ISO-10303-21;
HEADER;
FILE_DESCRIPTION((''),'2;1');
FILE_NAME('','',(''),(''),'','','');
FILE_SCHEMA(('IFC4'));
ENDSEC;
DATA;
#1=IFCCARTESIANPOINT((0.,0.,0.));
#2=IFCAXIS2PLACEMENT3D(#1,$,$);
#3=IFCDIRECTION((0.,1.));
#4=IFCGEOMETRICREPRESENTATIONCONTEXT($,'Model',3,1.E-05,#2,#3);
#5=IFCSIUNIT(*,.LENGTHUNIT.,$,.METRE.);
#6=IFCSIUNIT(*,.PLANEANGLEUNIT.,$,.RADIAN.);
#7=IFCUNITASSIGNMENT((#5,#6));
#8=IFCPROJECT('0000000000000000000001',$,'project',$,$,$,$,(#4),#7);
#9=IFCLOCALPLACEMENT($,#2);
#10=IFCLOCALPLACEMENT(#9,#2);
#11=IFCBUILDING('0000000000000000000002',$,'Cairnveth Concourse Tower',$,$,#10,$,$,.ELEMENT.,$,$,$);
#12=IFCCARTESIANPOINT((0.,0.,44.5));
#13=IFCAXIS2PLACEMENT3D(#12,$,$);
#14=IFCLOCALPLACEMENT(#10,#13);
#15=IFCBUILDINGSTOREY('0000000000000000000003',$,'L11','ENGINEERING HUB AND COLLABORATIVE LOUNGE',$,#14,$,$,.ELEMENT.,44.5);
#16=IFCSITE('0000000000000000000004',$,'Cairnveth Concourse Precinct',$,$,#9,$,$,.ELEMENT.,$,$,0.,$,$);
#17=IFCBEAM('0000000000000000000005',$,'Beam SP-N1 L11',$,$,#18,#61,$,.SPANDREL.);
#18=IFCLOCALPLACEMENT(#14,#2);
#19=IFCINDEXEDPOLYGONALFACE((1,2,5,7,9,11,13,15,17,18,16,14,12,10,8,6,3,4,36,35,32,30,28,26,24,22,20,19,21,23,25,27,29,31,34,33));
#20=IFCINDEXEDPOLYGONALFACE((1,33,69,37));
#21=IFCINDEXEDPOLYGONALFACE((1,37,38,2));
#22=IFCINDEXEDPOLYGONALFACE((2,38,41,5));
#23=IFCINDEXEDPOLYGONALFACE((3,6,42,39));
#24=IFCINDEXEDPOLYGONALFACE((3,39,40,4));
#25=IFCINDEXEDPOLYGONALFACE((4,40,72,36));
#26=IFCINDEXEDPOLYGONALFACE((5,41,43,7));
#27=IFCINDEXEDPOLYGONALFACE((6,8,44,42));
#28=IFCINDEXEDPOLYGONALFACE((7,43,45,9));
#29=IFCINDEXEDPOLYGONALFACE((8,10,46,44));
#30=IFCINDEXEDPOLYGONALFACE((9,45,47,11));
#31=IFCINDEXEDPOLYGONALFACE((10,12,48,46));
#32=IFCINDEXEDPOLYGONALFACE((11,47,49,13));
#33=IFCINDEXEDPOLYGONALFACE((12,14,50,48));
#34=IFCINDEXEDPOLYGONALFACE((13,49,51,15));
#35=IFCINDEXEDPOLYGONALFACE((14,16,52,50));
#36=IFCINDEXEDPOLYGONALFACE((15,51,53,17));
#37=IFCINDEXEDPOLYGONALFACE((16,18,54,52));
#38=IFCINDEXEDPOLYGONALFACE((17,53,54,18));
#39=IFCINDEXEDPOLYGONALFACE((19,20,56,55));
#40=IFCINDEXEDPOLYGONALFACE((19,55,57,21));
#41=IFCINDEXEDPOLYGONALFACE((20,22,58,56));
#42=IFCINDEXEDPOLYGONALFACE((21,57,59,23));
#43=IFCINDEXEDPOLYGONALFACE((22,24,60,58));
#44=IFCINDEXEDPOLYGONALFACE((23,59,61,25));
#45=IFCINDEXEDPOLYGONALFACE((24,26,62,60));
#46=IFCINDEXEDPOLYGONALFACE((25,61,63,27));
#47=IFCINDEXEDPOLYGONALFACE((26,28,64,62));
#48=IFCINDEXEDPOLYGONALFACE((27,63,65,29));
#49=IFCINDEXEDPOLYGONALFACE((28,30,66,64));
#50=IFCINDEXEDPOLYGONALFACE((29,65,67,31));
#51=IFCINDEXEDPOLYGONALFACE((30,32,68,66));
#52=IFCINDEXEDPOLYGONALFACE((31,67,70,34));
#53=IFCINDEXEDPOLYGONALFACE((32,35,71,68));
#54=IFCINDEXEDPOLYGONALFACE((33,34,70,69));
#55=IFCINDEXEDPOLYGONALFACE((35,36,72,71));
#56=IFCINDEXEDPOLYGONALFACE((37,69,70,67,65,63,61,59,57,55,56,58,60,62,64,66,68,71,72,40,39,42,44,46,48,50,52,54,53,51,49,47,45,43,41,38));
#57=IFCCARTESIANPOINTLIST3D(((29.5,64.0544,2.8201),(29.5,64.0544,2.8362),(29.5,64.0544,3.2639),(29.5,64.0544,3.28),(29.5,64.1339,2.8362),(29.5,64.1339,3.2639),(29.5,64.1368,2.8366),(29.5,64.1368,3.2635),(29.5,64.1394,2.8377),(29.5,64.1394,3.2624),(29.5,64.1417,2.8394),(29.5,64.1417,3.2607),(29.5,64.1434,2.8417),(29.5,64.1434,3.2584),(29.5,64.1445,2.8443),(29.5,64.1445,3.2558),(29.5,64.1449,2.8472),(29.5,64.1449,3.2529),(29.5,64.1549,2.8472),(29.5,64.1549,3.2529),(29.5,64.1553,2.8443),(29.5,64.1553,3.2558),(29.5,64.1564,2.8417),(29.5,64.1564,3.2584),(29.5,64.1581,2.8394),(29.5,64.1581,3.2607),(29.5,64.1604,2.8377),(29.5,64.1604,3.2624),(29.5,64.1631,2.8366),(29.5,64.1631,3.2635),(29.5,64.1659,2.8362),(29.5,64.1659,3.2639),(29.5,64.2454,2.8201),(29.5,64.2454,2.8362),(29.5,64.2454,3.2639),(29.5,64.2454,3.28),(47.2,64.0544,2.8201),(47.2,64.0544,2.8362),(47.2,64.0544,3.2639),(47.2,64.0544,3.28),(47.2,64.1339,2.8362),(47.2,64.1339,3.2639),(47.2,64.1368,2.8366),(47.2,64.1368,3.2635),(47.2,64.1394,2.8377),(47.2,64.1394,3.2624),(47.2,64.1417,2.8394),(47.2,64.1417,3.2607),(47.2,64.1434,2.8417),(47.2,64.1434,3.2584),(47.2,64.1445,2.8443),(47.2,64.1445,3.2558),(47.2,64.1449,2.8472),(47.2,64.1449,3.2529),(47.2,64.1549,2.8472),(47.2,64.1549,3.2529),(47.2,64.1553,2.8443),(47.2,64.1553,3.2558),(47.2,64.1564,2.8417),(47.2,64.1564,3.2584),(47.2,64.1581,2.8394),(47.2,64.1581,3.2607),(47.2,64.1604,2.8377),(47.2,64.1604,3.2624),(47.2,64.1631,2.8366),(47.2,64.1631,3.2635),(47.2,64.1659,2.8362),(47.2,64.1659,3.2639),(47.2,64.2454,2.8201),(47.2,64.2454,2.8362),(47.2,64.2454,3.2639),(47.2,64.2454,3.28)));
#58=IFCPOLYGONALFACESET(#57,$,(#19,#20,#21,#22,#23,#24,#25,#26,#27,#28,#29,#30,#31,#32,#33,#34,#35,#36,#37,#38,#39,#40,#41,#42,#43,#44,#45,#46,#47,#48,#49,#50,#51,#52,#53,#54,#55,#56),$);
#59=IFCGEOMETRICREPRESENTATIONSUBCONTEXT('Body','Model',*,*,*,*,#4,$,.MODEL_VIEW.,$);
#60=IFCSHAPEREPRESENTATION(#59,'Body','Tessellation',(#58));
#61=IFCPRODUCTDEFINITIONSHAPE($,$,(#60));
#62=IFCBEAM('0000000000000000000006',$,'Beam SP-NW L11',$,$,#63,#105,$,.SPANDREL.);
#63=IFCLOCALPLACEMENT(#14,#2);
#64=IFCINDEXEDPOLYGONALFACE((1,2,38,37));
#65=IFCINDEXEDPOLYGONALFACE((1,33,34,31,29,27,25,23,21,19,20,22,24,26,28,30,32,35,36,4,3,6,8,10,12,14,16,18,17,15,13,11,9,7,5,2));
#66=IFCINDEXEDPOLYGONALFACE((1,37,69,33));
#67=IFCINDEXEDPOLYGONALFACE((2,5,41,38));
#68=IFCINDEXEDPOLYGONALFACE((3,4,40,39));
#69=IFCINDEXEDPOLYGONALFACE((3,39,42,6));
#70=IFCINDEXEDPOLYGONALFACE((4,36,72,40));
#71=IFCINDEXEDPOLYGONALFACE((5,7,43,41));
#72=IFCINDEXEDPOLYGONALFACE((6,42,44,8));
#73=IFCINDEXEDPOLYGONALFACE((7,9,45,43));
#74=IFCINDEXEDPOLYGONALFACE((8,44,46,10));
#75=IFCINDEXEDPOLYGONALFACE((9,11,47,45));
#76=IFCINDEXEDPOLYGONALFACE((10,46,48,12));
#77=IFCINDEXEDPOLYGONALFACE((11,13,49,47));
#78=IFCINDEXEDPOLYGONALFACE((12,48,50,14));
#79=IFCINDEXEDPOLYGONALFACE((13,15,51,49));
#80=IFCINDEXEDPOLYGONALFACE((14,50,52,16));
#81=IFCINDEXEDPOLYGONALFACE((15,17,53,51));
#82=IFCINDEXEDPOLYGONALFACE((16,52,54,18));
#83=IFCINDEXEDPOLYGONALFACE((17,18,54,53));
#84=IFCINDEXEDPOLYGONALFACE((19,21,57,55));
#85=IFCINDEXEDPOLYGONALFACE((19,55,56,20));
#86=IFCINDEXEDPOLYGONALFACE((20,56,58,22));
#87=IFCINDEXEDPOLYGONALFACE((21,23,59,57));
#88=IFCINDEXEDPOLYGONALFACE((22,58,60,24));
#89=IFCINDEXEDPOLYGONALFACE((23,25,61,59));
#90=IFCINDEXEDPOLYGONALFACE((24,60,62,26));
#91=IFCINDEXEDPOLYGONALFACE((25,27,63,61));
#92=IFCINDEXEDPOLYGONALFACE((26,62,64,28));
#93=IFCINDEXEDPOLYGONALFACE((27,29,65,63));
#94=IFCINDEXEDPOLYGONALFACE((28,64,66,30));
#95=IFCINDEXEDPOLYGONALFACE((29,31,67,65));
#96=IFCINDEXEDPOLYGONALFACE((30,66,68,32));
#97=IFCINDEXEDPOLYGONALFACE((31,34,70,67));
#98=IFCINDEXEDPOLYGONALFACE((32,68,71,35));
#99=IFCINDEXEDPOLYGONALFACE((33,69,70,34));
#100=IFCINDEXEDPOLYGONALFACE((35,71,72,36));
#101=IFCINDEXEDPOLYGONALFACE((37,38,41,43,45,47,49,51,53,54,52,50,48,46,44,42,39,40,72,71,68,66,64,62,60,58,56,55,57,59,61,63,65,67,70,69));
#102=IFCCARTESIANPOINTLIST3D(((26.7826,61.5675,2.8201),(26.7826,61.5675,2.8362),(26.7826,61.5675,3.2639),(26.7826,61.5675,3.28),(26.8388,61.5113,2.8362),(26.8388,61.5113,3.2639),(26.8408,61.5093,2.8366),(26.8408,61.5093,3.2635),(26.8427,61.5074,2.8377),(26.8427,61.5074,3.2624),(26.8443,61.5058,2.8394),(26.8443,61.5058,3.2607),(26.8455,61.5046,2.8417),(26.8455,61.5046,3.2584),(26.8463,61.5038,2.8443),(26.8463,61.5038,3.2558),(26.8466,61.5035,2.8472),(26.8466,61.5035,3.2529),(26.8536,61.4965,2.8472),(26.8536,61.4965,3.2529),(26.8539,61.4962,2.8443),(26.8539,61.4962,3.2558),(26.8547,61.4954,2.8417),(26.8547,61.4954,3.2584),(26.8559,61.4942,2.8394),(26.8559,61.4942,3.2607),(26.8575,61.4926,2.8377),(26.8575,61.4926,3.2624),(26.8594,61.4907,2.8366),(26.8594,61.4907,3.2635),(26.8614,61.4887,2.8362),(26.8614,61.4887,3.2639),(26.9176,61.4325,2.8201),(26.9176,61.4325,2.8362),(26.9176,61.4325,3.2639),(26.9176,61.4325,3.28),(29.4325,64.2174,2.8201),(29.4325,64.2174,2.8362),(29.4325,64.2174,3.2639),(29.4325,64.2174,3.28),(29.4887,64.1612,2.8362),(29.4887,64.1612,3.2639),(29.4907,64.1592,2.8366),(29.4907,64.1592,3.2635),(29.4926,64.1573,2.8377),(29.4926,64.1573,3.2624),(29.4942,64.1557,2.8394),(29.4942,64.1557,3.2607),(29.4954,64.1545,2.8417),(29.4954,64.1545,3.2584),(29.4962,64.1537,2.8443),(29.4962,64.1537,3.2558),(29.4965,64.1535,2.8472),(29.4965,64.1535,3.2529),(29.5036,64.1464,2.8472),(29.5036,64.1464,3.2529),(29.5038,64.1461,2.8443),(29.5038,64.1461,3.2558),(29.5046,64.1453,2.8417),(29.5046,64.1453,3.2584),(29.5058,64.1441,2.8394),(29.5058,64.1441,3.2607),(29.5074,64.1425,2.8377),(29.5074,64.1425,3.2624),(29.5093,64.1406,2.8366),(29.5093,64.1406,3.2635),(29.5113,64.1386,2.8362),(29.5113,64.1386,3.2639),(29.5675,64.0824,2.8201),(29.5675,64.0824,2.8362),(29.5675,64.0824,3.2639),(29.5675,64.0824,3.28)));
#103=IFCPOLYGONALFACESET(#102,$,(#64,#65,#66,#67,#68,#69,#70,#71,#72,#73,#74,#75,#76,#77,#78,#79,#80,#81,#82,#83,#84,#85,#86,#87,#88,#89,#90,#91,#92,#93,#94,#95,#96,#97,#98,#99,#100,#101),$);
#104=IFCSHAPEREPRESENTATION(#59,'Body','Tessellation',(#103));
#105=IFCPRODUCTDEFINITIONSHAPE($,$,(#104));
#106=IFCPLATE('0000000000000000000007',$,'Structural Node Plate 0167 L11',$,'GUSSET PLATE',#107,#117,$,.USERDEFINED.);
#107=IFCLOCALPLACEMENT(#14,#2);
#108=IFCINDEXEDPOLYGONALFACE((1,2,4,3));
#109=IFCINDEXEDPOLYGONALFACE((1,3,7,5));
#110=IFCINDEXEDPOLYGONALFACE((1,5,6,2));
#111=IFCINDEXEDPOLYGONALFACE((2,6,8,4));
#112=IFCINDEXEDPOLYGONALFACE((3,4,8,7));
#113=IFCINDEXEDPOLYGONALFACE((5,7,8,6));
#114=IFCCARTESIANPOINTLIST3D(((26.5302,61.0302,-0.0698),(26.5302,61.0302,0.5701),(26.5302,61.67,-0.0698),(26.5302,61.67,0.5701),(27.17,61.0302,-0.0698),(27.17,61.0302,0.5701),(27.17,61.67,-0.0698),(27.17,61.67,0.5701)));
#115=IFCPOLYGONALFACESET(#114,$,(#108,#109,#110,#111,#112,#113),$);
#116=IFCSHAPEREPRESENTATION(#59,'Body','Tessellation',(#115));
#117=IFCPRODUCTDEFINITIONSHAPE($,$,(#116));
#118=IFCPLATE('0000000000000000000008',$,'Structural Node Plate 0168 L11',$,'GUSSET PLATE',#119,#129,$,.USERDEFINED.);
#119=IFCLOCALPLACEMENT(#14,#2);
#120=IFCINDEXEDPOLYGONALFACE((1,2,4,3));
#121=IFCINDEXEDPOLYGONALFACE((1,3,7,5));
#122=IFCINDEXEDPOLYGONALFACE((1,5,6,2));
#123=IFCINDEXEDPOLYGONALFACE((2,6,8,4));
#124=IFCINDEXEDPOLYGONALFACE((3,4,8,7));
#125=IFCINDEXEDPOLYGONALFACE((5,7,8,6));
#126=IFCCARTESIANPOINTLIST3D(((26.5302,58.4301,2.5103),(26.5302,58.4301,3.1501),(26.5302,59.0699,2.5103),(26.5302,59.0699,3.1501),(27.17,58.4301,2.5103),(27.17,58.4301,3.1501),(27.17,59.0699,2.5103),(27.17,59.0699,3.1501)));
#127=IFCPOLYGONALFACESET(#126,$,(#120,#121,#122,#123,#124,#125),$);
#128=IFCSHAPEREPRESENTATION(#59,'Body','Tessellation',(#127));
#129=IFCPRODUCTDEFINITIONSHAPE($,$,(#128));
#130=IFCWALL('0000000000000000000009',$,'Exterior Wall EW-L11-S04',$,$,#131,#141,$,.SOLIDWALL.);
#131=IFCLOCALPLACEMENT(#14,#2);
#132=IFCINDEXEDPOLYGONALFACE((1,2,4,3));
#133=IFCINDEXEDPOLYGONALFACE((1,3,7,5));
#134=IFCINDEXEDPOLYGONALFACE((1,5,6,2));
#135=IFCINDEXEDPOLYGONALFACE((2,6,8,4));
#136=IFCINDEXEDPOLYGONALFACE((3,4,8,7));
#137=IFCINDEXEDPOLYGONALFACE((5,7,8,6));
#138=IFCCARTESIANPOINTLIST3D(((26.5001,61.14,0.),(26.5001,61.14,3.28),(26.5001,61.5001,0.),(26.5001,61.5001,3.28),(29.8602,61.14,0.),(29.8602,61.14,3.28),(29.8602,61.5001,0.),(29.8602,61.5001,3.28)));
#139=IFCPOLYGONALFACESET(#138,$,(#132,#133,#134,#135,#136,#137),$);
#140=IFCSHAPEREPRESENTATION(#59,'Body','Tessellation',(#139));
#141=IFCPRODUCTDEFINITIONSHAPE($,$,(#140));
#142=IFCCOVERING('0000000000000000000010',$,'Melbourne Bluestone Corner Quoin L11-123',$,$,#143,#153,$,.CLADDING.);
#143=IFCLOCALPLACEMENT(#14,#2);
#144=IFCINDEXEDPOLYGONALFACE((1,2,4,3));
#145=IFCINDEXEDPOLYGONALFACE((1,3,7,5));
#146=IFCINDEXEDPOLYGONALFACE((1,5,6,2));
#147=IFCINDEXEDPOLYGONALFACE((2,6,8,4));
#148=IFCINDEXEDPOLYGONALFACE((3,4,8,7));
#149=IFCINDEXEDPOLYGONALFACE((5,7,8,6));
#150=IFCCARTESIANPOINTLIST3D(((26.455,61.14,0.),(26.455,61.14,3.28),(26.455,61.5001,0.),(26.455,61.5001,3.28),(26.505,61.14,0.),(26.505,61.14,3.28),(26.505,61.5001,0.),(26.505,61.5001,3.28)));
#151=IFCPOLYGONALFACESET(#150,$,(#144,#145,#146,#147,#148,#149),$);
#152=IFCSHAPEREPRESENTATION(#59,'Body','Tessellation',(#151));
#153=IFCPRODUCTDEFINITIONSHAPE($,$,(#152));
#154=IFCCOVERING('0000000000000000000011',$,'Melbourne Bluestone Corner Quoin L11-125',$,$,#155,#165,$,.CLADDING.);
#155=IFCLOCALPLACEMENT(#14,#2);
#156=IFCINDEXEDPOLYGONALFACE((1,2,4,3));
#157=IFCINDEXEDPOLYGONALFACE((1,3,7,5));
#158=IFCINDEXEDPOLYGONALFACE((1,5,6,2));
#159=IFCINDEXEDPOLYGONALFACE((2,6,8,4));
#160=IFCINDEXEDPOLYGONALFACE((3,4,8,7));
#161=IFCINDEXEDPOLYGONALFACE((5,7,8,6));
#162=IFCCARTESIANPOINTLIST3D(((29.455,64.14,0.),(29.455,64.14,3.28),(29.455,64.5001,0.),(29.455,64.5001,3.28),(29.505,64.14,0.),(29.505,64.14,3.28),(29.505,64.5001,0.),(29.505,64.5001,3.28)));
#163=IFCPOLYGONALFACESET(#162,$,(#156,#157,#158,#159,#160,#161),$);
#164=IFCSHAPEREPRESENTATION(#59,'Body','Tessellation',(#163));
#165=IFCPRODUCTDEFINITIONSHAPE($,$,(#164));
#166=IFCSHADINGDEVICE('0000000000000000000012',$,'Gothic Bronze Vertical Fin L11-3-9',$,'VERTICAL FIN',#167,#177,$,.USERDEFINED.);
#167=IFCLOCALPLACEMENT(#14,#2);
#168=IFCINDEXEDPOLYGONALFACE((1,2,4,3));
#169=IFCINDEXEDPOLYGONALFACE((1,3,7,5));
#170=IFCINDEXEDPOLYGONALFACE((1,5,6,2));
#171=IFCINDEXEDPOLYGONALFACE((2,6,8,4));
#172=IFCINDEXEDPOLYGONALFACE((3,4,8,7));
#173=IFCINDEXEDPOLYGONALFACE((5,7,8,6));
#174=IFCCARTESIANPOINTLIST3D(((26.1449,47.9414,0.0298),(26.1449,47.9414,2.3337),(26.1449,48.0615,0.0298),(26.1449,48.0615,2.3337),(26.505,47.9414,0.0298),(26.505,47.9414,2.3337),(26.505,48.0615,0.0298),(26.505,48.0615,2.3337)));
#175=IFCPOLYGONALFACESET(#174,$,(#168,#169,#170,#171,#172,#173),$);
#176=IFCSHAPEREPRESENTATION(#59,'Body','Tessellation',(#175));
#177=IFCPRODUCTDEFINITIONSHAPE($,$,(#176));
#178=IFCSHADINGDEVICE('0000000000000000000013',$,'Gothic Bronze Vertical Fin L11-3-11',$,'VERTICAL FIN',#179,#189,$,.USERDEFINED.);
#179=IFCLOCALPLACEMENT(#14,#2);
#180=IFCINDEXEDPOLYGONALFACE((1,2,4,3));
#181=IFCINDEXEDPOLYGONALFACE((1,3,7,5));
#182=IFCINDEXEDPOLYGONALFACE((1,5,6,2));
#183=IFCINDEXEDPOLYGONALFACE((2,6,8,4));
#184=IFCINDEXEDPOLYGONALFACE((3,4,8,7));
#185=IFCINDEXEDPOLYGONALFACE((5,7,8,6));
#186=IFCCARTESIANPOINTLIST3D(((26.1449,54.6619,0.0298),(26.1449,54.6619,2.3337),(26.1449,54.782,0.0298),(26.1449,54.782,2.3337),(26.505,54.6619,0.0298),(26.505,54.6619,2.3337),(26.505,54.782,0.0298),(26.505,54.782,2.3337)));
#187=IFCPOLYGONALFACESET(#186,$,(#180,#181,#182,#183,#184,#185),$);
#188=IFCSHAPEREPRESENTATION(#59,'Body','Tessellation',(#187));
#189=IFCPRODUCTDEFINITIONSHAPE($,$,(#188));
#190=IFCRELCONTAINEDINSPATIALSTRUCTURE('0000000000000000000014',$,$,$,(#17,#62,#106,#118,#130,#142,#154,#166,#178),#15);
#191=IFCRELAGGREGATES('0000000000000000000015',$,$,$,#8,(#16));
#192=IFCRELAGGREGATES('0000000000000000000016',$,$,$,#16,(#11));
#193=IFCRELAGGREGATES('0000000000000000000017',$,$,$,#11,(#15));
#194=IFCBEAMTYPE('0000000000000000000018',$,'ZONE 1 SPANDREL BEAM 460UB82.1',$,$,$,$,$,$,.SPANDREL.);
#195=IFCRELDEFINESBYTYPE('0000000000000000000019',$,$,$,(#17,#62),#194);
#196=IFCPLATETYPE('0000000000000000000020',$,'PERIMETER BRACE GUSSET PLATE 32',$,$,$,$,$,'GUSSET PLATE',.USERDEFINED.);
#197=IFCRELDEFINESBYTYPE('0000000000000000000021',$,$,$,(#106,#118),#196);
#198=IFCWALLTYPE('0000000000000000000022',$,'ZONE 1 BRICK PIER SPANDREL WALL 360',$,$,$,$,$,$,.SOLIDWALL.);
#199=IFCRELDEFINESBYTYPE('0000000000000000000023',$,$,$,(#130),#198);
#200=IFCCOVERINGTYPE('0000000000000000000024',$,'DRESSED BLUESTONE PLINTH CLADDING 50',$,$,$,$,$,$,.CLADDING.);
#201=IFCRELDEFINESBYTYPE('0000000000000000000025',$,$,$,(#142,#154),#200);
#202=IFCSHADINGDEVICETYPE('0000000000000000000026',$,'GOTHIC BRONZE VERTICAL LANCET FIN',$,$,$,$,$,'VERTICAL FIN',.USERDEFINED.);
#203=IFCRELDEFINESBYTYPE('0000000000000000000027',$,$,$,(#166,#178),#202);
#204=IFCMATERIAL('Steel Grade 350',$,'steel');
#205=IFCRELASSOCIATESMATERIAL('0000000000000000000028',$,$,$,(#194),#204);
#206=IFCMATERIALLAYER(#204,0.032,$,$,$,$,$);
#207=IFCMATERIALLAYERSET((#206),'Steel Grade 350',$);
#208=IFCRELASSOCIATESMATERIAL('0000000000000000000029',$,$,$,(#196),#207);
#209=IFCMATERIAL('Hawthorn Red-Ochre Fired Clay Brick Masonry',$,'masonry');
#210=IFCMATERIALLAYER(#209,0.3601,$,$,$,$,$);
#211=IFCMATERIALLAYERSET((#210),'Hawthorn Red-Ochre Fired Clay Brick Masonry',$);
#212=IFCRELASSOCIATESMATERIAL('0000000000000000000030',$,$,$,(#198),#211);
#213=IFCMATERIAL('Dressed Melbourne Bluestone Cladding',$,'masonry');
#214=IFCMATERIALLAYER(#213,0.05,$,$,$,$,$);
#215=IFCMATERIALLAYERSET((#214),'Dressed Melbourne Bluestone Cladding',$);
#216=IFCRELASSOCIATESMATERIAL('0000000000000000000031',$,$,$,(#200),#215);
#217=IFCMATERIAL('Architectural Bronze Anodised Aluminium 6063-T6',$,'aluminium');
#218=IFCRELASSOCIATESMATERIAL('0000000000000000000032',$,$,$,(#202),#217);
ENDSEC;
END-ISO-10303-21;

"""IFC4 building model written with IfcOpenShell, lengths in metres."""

from ifc_helpers import new_model, si_unit, direction, frame, frame_2d, origin, origin_2d, place, context, subcontext, project, spatial, rectangle, i_section, extrude, material, layer, layer_set, material_profile, profile_set, type_object, element, save


model = new_model("IFC4")

# Units and contexts
model_context = context("Model", 3, precision=1e-05, world=origin(), true_north=direction((0.0, 1.0)))
body_context = subcontext(model_context, "Body", "Model", "MODEL_VIEW")
ifc_project = project(units=[si_unit("LENGTHUNIT", "METRE"), si_unit("PLANEANGLEUNIT", "RADIAN")], contexts=[model_context])

# Site, building, storey
site_placement = place(None, origin())
site = spatial("IfcSite", under=ifc_project, at=site_placement, Name="Cairnveth Concourse Precinct", CompositionType="ELEMENT", RefElevation=0.0)
building_placement = place(site_placement, origin())
building = spatial("IfcBuilding", under=site, at=building_placement, Name="Cairnveth Concourse Tower", CompositionType="ELEMENT")
storey_placement = place(building_placement, frame((0.0, 0.0, 44.5)))
storey = spatial("IfcBuildingStorey", under=building, at=storey_placement, Name="L11", Description="ENGINEERING HUB AND COLLABORATIVE LOUNGE", CompositionType="ELEMENT", Elevation=44.5)

# Shared definitions
ifc_material_1 = material(Name="Steel Grade 350", Category="steel")

# Beams
ifc_material_profile_1 = material_profile(ifc_material_1, i_section(OverallWidth=0.1909, OverallDepth=0.46, WebThickness=0.01, FlangeThickness=0.0161, FilletRadius=0.011, at=origin_2d()), Name="460UB82.1")
ifc_profile_set_1 = profile_set([ifc_material_profile_1], Name="Steel Grade 350")
beam_type_1 = type_object("IfcBeamType", Name="ZONE 1 SPANDREL BEAM 460UB82.1", PredefinedType="SPANDREL", material=ifc_profile_set_1)
beam_1_placement = place(storey_placement, frame((29.5, 64.1499, 3.05), z_axis=(1.0, 0.0, 0.0), x_axis=(0.0, 1.0, 0.0)))
element("IfcBeam", 1, at=beam_1_placement, inside=storey, type_object=beam_type_1, Name="Beam SP-N1 L11", PredefinedType="SPANDREL", context=body_context, shape_type="SweptSolid", body=[
    extrude(i_section(OverallWidth=0.1909, OverallDepth=0.46, WebThickness=0.01, FlangeThickness=0.0161, FilletRadius=0.011, at=origin_2d()), origin(), (0.0, 0.0, 1.0), 17.7),
])
beam_2_placement = place(storey_placement, frame((26.8501, 61.5, 3.05), z_axis=(0.707107, 0.707107, 0.0), x_axis=(-0.707107, 0.707107, 0.0)))
element("IfcBeam", 2, at=beam_2_placement, inside=storey, type_object=beam_type_1, Name="Beam SP-NW L11", PredefinedType="SPANDREL", context=body_context, shape_type="SweptSolid", body=[
    extrude(i_section(OverallWidth=0.1909, OverallDepth=0.46, WebThickness=0.01, FlangeThickness=0.0161, FilletRadius=0.011, at=origin_2d()), origin(), (0.0, 0.0, 1.0), 3.7476),
])

# Plates
ifc_layer_1 = layer(ifc_material_1, 0.032)
ifc_layer_set_1 = layer_set([ifc_layer_1], Name="Steel Grade 350")
plate_type = type_object("IfcPlateType", Name="PERIMETER BRACE GUSSET PLATE 32", ElementType="GUSSET PLATE", PredefinedType="USERDEFINED", material=ifc_layer_set_1)
for number, where, z_axis, x_axis, name in (
    (3, (26.8501, 61.3501, -0.0698), (0.0, 0.0, 1.0), (1.0, 0.0, 0.0), "Structural Node Plate 0167 L11"),
    (4, (26.8501, 58.75, 2.5103), (0.0, 0.0, 1.0), (1.0, 0.0, 0.0), "Structural Node Plate 0168 L11"),
):
    element("IfcPlate", number, at=place(storey_placement, frame(where, z_axis=z_axis, x_axis=x_axis)), inside=storey, type_object=plate_type, Name=name, ObjectType="GUSSET PLATE", PredefinedType="USERDEFINED", context=body_context, shape_type="SweptSolid", body=[
        extrude(rectangle(XDim=0.6399, YDim=0.6399, at=origin_2d()), origin(), (0.0, 0.0, 1.0), 0.6399),
    ])

# Wall
ifc_material_2 = material(Name="Hawthorn Red-Ochre Fired Clay Brick Masonry", Category="masonry")
ifc_layer_2 = layer(ifc_material_2, 0.3601)
ifc_layer_set_2 = layer_set([ifc_layer_2], Name="Hawthorn Red-Ochre Fired Clay Brick Masonry")
wall_type = type_object("IfcWallType", Name="ZONE 1 BRICK PIER SPANDREL WALL 360", PredefinedType="SOLIDWALL", material=ifc_layer_set_2)
wall_placement = place(storey_placement, frame((26.5, 61.3201, 0.0), z_axis=(0.0, 0.0, 1.0), x_axis=(1.0, 0.0, 0.0)))
element("IfcWall", 5, at=wall_placement, inside=storey, type_object=wall_type, Name="Exterior Wall EW-L11-S04", PredefinedType="SOLIDWALL", context=body_context, shape_type="SweptSolid", body=[
    extrude(rectangle(XDim=3.3601, YDim=0.3601, at=frame_2d((1.6802, 0.0))), origin(), (0.0, 0.0, 1.0), 3.28),
])

# Coverings
ifc_material_3 = material(Name="Dressed Melbourne Bluestone Cladding", Category="masonry")
ifc_layer_3 = layer(ifc_material_3, 0.05)
ifc_layer_set_3 = layer_set([ifc_layer_3], Name="Dressed Melbourne Bluestone Cladding")
covering_type = type_object("IfcCoveringType", Name="DRESSED BLUESTONE PLINTH CLADDING 50", PredefinedType="CLADDING", material=ifc_layer_set_3)
for number, where, z_axis, x_axis, name in (
    (6, (26.48, 61.1399, 0.0), (0.0, 0.0, 1.0), (0.0, 1.0, 0.0), "Melbourne Bluestone Corner Quoin L11-123"),
    (7, (29.48, 64.1399, 0.0), (0.0, 0.0, 1.0), (0.0, 1.0, 0.0), "Melbourne Bluestone Corner Quoin L11-125"),
):
    element("IfcCovering", number, at=place(storey_placement, frame(where, z_axis=z_axis, x_axis=x_axis)), inside=storey, type_object=covering_type, Name=name, PredefinedType="CLADDING", context=body_context, shape_type="SweptSolid", body=[
        extrude(rectangle(XDim=0.3601, YDim=0.05, at=frame_2d((0.1802, 0.0))), origin(), (0.0, 0.0, 1.0), 3.28),
    ])

# Shading devices
ifc_material_4 = material(Name="Architectural Bronze Anodised Aluminium 6063-T6", Category="aluminium")
shading_device_type = type_object("IfcShadingDeviceType", Name="GOTHIC BRONZE VERTICAL LANCET FIN", ElementType="VERTICAL FIN", PredefinedType="USERDEFINED", material=ifc_material_4)
for number, where, z_axis, x_axis, name in (
    (8, (26.325, 48.0015, 0.0298), (0.0, 0.0, 1.0), (0.0, 1.0, 0.0), "Gothic Bronze Vertical Fin L11-3-9"),
    (9, (26.325, 54.7219, 0.0298), (0.0, 0.0, 1.0), (0.0, 1.0, 0.0), "Gothic Bronze Vertical Fin L11-3-11"),
):
    element("IfcShadingDevice", number, at=place(storey_placement, frame(where, z_axis=z_axis, x_axis=x_axis)), inside=storey, type_object=shading_device_type, Name=name, ObjectType="VERTICAL FIN", PredefinedType="USERDEFINED", context=body_context, shape_type="SweptSolid", body=[
        extrude(rectangle(XDim=0.1201, YDim=0.3601, at=origin_2d()), origin(), (0.0, 0.0, 1.0), 2.304),
    ])

save(model, "model.ifc")
